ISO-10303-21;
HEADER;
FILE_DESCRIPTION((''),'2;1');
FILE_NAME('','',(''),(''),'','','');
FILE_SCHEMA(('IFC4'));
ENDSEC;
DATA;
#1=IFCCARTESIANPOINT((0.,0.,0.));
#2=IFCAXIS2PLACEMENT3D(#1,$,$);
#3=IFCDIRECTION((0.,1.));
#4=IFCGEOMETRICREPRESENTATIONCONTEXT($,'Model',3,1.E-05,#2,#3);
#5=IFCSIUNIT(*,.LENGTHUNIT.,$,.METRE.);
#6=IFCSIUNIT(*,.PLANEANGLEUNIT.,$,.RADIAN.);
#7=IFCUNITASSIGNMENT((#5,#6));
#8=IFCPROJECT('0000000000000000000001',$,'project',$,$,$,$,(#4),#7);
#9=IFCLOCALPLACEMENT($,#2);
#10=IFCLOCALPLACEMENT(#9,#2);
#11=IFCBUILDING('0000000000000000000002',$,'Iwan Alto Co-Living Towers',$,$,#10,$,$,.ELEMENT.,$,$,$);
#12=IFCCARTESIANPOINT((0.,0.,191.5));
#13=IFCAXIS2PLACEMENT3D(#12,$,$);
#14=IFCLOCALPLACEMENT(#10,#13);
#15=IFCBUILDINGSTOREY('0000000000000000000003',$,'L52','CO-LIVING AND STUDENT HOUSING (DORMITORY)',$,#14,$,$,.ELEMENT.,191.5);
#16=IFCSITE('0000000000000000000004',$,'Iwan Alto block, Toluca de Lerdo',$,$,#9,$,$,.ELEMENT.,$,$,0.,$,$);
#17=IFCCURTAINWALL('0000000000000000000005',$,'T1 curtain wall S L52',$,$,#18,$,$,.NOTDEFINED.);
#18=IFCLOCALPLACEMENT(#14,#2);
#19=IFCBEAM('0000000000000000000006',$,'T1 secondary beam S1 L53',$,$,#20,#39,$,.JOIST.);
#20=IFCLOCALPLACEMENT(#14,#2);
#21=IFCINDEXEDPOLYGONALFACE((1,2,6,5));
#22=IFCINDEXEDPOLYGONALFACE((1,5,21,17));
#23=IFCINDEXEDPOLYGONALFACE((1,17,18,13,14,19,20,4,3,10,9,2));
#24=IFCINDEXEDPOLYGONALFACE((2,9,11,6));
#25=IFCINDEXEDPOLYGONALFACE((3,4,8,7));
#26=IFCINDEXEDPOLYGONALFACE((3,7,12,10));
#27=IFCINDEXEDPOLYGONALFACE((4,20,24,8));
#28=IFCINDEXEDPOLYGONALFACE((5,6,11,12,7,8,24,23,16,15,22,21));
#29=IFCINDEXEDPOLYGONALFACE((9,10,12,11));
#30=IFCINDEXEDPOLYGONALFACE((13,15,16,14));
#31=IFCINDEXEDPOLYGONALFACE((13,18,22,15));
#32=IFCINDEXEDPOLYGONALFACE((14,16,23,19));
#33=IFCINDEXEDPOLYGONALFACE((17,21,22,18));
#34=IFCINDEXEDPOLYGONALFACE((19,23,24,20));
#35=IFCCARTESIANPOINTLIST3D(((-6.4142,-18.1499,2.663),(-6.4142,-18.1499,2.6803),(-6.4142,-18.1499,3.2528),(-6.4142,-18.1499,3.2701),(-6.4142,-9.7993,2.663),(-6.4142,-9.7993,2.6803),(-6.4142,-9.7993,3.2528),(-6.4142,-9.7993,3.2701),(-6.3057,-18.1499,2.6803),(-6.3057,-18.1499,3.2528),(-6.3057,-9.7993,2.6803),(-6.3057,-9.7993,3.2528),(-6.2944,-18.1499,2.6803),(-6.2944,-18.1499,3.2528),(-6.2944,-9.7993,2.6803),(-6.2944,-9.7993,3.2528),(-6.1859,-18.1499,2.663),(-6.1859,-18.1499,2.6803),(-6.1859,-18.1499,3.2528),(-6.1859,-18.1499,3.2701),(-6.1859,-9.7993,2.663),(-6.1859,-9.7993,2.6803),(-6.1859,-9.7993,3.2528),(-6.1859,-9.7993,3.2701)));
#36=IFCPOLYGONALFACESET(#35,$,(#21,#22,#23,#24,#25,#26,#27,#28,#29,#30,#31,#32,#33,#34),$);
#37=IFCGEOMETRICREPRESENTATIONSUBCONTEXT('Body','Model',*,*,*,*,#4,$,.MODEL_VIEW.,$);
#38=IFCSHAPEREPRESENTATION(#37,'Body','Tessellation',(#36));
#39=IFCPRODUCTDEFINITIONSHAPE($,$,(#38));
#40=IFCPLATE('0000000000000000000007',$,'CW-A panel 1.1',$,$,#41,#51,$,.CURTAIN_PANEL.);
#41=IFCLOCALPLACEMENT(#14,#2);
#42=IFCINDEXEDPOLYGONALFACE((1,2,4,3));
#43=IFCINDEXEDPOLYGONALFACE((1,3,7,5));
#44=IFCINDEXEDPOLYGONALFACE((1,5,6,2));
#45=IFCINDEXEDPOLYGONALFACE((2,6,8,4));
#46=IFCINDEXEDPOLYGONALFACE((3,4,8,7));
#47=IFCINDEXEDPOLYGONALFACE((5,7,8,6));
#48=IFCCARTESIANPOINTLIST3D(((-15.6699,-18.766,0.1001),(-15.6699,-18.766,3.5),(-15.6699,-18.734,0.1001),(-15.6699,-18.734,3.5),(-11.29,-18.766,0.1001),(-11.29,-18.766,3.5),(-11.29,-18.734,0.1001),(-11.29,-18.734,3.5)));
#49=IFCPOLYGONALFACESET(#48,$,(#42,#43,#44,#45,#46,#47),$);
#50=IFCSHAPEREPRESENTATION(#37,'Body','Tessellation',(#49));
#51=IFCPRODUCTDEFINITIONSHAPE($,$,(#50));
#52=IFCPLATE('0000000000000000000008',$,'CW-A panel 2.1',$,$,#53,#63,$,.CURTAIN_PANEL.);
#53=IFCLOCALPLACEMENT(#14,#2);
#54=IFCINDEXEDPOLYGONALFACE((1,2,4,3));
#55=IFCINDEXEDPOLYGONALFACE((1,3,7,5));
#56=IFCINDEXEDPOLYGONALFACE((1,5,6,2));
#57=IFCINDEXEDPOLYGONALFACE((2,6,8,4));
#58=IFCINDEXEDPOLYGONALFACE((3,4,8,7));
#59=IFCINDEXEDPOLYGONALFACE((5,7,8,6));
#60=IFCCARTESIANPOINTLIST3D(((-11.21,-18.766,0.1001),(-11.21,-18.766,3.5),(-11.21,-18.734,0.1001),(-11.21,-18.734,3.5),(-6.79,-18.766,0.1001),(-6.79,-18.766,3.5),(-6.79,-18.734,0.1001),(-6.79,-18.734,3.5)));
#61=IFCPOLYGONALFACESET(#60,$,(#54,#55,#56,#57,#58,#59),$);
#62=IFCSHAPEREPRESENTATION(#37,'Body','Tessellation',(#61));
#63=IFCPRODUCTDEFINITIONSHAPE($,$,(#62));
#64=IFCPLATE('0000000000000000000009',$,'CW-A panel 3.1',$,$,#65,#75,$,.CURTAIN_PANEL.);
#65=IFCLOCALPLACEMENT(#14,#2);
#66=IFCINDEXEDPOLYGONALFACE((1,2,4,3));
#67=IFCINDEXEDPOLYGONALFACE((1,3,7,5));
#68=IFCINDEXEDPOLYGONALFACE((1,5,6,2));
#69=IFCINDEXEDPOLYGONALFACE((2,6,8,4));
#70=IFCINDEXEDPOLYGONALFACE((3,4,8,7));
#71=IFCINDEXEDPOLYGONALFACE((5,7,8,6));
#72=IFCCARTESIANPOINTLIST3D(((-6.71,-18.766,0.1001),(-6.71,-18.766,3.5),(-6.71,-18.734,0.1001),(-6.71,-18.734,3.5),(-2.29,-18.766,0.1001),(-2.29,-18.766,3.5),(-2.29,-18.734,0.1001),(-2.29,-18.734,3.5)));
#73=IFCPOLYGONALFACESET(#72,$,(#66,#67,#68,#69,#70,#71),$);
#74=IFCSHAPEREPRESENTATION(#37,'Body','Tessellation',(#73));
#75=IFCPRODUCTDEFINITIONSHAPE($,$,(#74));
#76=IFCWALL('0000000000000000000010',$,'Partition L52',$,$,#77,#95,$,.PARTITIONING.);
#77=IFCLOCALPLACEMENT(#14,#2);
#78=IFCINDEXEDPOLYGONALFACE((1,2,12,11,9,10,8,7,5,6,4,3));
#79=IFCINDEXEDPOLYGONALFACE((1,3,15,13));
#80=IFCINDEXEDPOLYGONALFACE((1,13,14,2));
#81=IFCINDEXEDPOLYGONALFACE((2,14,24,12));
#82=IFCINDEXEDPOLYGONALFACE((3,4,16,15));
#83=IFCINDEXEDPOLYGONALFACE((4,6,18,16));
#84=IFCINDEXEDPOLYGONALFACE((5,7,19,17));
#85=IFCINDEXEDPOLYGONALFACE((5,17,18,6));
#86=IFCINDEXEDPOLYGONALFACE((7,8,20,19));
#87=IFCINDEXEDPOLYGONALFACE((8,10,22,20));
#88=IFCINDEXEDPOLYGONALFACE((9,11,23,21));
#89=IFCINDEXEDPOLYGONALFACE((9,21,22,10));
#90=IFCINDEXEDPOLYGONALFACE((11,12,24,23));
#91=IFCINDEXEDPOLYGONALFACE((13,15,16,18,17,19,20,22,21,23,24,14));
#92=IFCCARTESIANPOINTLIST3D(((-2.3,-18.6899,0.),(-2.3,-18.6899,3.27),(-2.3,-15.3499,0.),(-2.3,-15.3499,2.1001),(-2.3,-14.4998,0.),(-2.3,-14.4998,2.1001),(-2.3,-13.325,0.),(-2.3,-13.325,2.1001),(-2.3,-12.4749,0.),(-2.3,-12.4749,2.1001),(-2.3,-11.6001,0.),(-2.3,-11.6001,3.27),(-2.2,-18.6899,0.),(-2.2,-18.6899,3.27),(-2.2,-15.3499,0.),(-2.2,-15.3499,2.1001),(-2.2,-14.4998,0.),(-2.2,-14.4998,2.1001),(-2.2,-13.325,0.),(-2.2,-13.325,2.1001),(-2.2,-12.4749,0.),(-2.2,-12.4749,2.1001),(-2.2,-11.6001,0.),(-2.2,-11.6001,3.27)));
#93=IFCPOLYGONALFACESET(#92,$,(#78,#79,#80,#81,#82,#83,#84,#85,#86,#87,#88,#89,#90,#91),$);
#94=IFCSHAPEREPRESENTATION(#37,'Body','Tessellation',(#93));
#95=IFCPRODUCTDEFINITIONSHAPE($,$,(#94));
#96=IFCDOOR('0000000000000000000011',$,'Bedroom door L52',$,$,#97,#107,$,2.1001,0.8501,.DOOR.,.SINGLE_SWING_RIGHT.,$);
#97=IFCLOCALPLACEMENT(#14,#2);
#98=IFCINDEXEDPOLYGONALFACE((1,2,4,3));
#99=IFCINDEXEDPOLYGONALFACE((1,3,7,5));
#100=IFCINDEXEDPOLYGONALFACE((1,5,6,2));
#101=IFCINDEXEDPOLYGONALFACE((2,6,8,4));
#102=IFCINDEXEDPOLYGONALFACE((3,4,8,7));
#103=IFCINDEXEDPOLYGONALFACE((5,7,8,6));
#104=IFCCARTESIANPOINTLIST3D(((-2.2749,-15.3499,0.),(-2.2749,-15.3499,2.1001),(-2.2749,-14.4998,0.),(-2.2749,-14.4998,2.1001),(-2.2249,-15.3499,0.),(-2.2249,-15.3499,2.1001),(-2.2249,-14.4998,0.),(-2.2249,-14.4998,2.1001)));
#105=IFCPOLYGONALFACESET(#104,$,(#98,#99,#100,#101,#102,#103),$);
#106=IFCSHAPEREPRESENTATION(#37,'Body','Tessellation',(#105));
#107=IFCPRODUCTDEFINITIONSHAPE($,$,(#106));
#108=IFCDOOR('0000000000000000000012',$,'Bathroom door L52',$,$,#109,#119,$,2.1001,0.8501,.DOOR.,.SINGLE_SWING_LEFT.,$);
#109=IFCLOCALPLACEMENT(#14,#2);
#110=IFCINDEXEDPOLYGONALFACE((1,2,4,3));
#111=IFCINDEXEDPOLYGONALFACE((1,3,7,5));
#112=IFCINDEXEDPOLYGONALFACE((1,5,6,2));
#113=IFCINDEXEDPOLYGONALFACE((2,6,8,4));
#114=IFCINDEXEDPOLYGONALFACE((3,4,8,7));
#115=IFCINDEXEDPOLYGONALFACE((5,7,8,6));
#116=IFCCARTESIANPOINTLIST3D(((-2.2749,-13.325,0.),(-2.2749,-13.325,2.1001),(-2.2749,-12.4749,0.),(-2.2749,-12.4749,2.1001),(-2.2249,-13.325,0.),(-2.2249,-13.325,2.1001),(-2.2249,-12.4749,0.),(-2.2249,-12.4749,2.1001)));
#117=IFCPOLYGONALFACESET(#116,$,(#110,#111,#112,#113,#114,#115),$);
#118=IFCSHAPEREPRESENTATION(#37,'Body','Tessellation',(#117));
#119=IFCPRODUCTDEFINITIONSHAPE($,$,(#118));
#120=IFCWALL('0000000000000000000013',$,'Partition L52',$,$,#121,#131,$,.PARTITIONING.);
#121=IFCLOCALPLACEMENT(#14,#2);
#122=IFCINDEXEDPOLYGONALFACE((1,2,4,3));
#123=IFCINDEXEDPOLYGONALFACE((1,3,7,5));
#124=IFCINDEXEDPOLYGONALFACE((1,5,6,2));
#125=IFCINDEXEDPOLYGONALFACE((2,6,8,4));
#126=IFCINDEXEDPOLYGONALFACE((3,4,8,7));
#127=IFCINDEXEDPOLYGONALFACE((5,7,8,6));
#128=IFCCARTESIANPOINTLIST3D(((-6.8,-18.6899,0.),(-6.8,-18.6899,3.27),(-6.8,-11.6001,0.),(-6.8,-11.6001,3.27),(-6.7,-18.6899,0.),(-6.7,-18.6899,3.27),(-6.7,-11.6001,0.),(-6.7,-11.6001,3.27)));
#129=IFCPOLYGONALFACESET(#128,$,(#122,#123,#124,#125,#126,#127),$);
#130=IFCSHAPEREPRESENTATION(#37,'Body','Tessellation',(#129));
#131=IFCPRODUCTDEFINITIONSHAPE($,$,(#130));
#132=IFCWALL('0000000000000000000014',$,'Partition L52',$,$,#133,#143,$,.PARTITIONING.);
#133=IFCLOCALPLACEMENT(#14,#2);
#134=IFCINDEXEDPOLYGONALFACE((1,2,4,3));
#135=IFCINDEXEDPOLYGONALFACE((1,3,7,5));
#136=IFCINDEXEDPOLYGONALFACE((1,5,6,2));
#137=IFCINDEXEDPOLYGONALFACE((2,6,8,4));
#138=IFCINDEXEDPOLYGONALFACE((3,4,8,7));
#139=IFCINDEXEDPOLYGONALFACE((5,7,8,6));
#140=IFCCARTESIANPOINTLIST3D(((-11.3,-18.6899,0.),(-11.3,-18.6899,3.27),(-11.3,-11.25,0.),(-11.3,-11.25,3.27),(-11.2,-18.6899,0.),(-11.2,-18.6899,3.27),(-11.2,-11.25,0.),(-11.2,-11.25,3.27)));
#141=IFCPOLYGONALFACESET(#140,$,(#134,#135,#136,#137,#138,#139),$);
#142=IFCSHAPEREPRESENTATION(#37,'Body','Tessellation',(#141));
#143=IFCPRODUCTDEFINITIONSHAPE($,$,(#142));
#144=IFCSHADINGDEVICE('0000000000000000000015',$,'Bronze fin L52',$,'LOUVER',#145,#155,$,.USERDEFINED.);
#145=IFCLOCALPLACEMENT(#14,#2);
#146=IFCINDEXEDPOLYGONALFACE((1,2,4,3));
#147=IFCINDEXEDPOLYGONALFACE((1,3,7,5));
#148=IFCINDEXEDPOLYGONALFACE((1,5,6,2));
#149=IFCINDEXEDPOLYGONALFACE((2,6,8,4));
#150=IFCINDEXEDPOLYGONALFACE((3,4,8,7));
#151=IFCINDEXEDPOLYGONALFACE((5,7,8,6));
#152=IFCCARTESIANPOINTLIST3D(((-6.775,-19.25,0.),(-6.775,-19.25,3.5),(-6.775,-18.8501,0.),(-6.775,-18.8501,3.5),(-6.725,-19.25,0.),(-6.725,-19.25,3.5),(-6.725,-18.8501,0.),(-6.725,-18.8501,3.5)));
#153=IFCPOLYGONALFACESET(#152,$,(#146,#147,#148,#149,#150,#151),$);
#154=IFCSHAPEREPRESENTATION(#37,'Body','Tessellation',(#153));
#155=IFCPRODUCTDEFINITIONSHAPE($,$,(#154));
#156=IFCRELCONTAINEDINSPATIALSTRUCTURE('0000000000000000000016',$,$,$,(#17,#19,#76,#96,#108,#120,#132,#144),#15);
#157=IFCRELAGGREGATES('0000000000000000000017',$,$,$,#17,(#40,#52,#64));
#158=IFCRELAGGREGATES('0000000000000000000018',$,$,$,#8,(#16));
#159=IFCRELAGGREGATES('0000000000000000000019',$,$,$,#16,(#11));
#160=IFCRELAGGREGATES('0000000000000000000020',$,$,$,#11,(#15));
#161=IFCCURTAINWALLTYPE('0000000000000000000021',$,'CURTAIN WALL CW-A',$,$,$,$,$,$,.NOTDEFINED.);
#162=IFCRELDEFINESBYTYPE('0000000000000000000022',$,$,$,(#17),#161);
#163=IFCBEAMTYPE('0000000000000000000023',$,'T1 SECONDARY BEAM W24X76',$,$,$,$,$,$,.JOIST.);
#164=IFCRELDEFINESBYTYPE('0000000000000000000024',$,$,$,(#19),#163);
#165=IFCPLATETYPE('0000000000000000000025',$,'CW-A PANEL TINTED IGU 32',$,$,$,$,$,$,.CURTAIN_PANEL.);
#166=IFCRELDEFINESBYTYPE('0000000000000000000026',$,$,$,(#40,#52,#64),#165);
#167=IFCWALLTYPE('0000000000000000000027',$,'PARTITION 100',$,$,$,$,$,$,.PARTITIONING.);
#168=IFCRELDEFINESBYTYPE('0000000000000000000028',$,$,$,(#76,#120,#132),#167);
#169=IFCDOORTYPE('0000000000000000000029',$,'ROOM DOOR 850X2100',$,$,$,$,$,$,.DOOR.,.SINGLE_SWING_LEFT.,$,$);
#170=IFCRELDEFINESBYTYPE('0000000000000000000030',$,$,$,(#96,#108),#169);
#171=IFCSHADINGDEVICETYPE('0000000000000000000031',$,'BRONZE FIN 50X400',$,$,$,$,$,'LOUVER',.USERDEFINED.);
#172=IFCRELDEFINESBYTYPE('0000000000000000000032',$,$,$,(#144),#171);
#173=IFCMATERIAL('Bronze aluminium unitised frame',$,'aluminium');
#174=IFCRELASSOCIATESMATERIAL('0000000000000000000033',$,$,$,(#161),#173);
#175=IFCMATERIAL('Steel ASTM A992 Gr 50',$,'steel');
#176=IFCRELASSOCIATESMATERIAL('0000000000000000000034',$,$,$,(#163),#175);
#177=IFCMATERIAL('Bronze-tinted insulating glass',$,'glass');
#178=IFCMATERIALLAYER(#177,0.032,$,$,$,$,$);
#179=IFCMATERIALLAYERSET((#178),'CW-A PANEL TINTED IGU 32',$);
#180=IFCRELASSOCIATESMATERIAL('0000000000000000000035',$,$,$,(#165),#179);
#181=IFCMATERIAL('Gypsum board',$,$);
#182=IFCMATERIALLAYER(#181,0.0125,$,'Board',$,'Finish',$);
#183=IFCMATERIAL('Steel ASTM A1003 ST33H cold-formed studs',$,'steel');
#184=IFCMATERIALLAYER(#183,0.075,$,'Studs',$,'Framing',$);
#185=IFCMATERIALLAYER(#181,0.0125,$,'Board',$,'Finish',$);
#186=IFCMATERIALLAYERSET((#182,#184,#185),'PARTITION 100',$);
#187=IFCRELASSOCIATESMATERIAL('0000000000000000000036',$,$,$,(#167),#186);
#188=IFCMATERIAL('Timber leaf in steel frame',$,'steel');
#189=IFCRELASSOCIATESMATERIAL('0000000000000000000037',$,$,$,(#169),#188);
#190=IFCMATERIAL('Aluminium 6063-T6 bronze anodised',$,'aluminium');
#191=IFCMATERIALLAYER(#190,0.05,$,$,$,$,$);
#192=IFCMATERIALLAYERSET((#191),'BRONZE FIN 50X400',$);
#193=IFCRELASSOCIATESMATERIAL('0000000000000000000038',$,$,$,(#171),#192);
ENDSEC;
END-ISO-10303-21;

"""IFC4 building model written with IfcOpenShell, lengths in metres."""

from ifc_helpers import new_model, si_unit, direction, frame, frame_2d, origin, origin_2d, place, context, subcontext, project, spatial, rectangle, i_section, extrude, material, layer, layer_set, material_profile, profile_set, type_object, element, fill, aggregate, save


model = new_model("IFC4")

# Units and contexts
model_context = context("Model", 3, precision=1e-05, world=origin(), true_north=direction((0.0, 1.0)))
body_context = subcontext(model_context, "Body", "Model", "MODEL_VIEW")
ifc_project = project(units=[si_unit("LENGTHUNIT", "METRE"), si_unit("PLANEANGLEUNIT", "RADIAN")], contexts=[model_context])

# Site, building, storey
site_placement = place(None, origin())
site = spatial("IfcSite", under=ifc_project, at=site_placement, Name="Iwan Alto block, Toluca de Lerdo", CompositionType="ELEMENT", RefElevation=0.0)
building_placement = place(site_placement, origin())
building = spatial("IfcBuilding", under=site, at=building_placement, Name="Iwan Alto Co-Living Towers", CompositionType="ELEMENT")
storey_placement = place(building_placement, frame((0.0, 0.0, 191.5)))
storey = spatial("IfcBuildingStorey", under=building, at=storey_placement, Name="L52", Description="CO-LIVING AND STUDENT HOUSING (DORMITORY)", CompositionType="ELEMENT", Elevation=191.5)

# Curtain wall
ifc_material_1 = material(Name="Bronze aluminium unitised frame", Category="aluminium")
curtain_wall_type = type_object("IfcCurtainWallType", Name="CURTAIN WALL CW-A", PredefinedType="NOTDEFINED", material=ifc_material_1)
curtain_wall_placement = place(storey_placement, origin())
curtain_wall = element("IfcCurtainWall", 1, at=curtain_wall_placement, inside=storey, type_object=curtain_wall_type, Name="T1 curtain wall S L52", PredefinedType="NOTDEFINED")

# Beam
ifc_material_2 = material(Name="Steel ASTM A992 Gr 50", Category="steel")
ifc_material_profile_1 = material_profile(ifc_material_2, i_section(OverallWidth=0.2283, OverallDepth=0.6072, WebThickness=0.0112, FlangeThickness=0.0173, at=origin_2d()), Name="W24X76")
ifc_profile_set_1 = profile_set([ifc_material_profile_1], Name="Steel ASTM A992 Gr 50")
beam_type_1 = type_object("IfcBeamType", Name="T1 SECONDARY BEAM W24X76", PredefinedType="JOIST", material=ifc_profile_set_1)
beam_1_placement = place(storey_placement, frame((-6.3, -18.1499, 2.9666), z_axis=(0.0, 1.0, 0.0), x_axis=(-1.0, 0.0, 0.0)))
element("IfcBeam", 2, at=beam_1_placement, inside=storey, type_object=beam_type_1, Name="T1 secondary beam S1 L53", PredefinedType="JOIST", context=body_context, shape_type="SweptSolid", body=[
    extrude(i_section(OverallWidth=0.2283, OverallDepth=0.6072, WebThickness=0.0112, FlangeThickness=0.0173, at=origin_2d()), origin(), (0.0, 0.0, 1.0), 8.3506),
])

# Plates
ifc_material_3 = material(Name="Bronze-tinted insulating glass", Category="glass")
ifc_layer_1 = layer(ifc_material_3, 0.032)
ifc_layer_set_1 = layer_set([ifc_layer_1], Name="CW-A PANEL TINTED IGU 32")
plate_type = type_object("IfcPlateType", Name="CW-A PANEL TINTED IGU 32", PredefinedType="CURTAIN_PANEL", material=ifc_layer_set_1)
plate_1_placement = place(storey_placement, frame((-13.48, -18.75, 0.1001), z_axis=(0.0, 0.0, 1.0), x_axis=(1.0, 0.0, 0.0)))
plate_1 = element("IfcPlate", 3, at=plate_1_placement, type_object=plate_type, Name="CW-A panel 1.1", PredefinedType="CURTAIN_PANEL", context=body_context, shape_type="SweptSolid", body=[
    extrude(rectangle(XDim=4.3799, YDim=0.032, at=origin_2d()), origin(), (0.0, 0.0, 1.0), 3.3999),
])
plate_2_placement = place(storey_placement, frame((-9.0, -18.75, 0.1001), z_axis=(0.0, 0.0, 1.0), x_axis=(1.0, 0.0, 0.0)))
plate_2 = element("IfcPlate", 4, at=plate_2_placement, type_object=plate_type, Name="CW-A panel 2.1", PredefinedType="CURTAIN_PANEL", context=body_context, shape_type="SweptSolid", body=[
    extrude(rectangle(XDim=4.4199, YDim=0.032, at=origin_2d()), origin(), (0.0, 0.0, 1.0), 3.3999),
])
plate_3_placement = place(storey_placement, frame((-4.5, -18.75, 0.1001), z_axis=(0.0, 0.0, 1.0), x_axis=(1.0, 0.0, 0.0)))
plate_3 = element("IfcPlate", 5, at=plate_3_placement, type_object=plate_type, Name="CW-A panel 3.1", PredefinedType="CURTAIN_PANEL", context=body_context, shape_type="SweptSolid", body=[
    extrude(rectangle(XDim=4.4199, YDim=0.032, at=origin_2d()), origin(), (0.0, 0.0, 1.0), 3.3999),
])
aggregate(curtain_wall, [plate_1, plate_2, plate_3])

# Wall, openings, doors
ifc_material_4 = material(Name="Gypsum board")
ifc_layer_2 = layer(ifc_material_4, 0.0125, Name="Board", Category="Finish")
ifc_material_5 = material(Name="Steel ASTM A1003 ST33H cold-formed studs", Category="steel")
ifc_layer_3 = layer(ifc_material_5, 0.075, Name="Studs", Category="Framing")
ifc_layer_4 = layer(ifc_material_4, 0.0125, Name="Board", Category="Finish")
ifc_layer_set_2 = layer_set([ifc_layer_2, ifc_layer_3, ifc_layer_4], Name="PARTITION 100")
wall_type = type_object("IfcWallType", Name="PARTITION 100", PredefinedType="PARTITIONING", material=ifc_layer_set_2)
wall_1_placement = place(storey_placement, frame((-2.25, -18.6899, 0.0), z_axis=(0.0, 0.0, 1.0), x_axis=(0.0, 1.0, 0.0)))
wall_1 = element("IfcWall", 6, at=wall_1_placement, inside=storey, type_object=wall_type, Name="Partition L52", PredefinedType="PARTITIONING", context=body_context, shape_type="SweptSolid", body=[
    extrude(rectangle(XDim=7.0898, YDim=0.1001, at=frame_2d((3.5449, 0.0))), origin(), (0.0, 0.0, 1.0), 3.27),
])
opening_1_placement = place(wall_1_placement, frame((3.3401, 0.0, 0.0)))
opening_1 = element("IfcOpeningElement", 7, at=opening_1_placement, cuts=wall_1, PredefinedType="OPENING", context=body_context, shape_type="SweptSolid", body=[
    extrude(rectangle(XDim=0.8501, YDim=2.1001, at=frame_2d((0.425, 1.05))), frame((0.0, 0.0601, 0.0), z_axis=(0.0, -1.0, 0.0), x_axis=(1.0, 0.0, 0.0)), (0.0, 0.0, 1.0), 0.1201),
])
opening_2_placement = place(wall_1_placement, frame((5.365, 0.0, 0.0)))
opening_2 = element("IfcOpeningElement", 8, at=opening_2_placement, cuts=wall_1, PredefinedType="OPENING", context=body_context, shape_type="SweptSolid", body=[
    extrude(rectangle(XDim=0.8501, YDim=2.1001, at=frame_2d((0.425, 1.05))), frame((0.0, 0.0601, 0.0), z_axis=(0.0, -1.0, 0.0), x_axis=(1.0, 0.0, 0.0)), (0.0, 0.0, 1.0), 0.1201),
])
ifc_material_6 = material(Name="Timber leaf in steel frame", Category="steel")
door_type = type_object("IfcDoorType", Name="ROOM DOOR 850X2100", OperationType="SINGLE_SWING_LEFT", PredefinedType="DOOR", material=ifc_material_6)
door_1_placement = place(opening_1_placement, origin())
door_1 = element("IfcDoor", 9, at=door_1_placement, inside=storey, type_object=door_type, Name="Bedroom door L52", OperationType="SINGLE_SWING_RIGHT", OverallHeight=2.1001, OverallWidth=0.8501, PredefinedType="DOOR", context=body_context, shape_type="SweptSolid", body=[
    extrude(rectangle(XDim=0.8501, YDim=2.1001, at=frame_2d((0.425, 1.05))), frame((0.0, 0.0249, 0.0), z_axis=(0.0, -1.0, 0.0), x_axis=(1.0, 0.0, 0.0)), (0.0, 0.0, 1.0), 0.05),
])
fill(opening_1, door_1)
door_2_placement = place(opening_2_placement, origin())
door_2 = element("IfcDoor", 10, at=door_2_placement, inside=storey, type_object=door_type, Name="Bathroom door L52", OperationType="SINGLE_SWING_LEFT", OverallHeight=2.1001, OverallWidth=0.8501, PredefinedType="DOOR", context=body_context, shape_type="SweptSolid", body=[
    extrude(rectangle(XDim=0.8501, YDim=2.1001, at=frame_2d((0.425, 1.05))), frame((0.0, 0.0249, 0.0), z_axis=(0.0, -1.0, 0.0), x_axis=(1.0, 0.0, 0.0)), (0.0, 0.0, 1.0), 0.05),
])
fill(opening_2, door_2)

# Walls
wall_2_placement = place(storey_placement, frame((-6.75, -18.6899, 0.0), z_axis=(0.0, 0.0, 1.0), x_axis=(0.0, 1.0, 0.0)))
element("IfcWall", 11, at=wall_2_placement, inside=storey, type_object=wall_type, Name="Partition L52", PredefinedType="PARTITIONING", context=body_context, shape_type="SweptSolid", body=[
    extrude(rectangle(XDim=7.0898, YDim=0.1001, at=frame_2d((3.5449, 0.0))), origin(), (0.0, 0.0, 1.0), 3.27),
])
wall_3_placement = place(storey_placement, frame((-11.25, -18.6899, 0.0), z_axis=(0.0, 0.0, 1.0), x_axis=(0.0, 1.0, 0.0)))
element("IfcWall", 12, at=wall_3_placement, inside=storey, type_object=wall_type, Name="Partition L52", PredefinedType="PARTITIONING", context=body_context, shape_type="SweptSolid", body=[
    extrude(rectangle(XDim=7.4399, YDim=0.1001, at=frame_2d((3.72, 0.0))), origin(), (0.0, 0.0, 1.0), 3.27),
])

# Shading device
ifc_material_7 = material(Name="Aluminium 6063-T6 bronze anodised", Category="aluminium")
ifc_layer_5 = layer(ifc_material_7, 0.05)
ifc_layer_set_3 = layer_set([ifc_layer_5], Name="BRONZE FIN 50X400")
shading_device_type = type_object("IfcShadingDeviceType", Name="BRONZE FIN 50X400", ElementType="LOUVER", PredefinedType="USERDEFINED", material=ifc_layer_set_3)
shading_device_placement = place(storey_placement, frame((-6.75, -19.05, 0.0), z_axis=(0.0, 0.0, 1.0), x_axis=(1.0, 0.0, 0.0)))
element("IfcShadingDevice", 13, at=shading_device_placement, inside=storey, type_object=shading_device_type, Name="Bronze fin L52", ObjectType="LOUVER", PredefinedType="USERDEFINED", context=body_context, shape_type="SweptSolid", body=[
    extrude(rectangle(XDim=0.05, YDim=0.3999, at=origin_2d()), origin(), (0.0, 0.0, 1.0), 3.5),
])

save(model, "model.ifc")
